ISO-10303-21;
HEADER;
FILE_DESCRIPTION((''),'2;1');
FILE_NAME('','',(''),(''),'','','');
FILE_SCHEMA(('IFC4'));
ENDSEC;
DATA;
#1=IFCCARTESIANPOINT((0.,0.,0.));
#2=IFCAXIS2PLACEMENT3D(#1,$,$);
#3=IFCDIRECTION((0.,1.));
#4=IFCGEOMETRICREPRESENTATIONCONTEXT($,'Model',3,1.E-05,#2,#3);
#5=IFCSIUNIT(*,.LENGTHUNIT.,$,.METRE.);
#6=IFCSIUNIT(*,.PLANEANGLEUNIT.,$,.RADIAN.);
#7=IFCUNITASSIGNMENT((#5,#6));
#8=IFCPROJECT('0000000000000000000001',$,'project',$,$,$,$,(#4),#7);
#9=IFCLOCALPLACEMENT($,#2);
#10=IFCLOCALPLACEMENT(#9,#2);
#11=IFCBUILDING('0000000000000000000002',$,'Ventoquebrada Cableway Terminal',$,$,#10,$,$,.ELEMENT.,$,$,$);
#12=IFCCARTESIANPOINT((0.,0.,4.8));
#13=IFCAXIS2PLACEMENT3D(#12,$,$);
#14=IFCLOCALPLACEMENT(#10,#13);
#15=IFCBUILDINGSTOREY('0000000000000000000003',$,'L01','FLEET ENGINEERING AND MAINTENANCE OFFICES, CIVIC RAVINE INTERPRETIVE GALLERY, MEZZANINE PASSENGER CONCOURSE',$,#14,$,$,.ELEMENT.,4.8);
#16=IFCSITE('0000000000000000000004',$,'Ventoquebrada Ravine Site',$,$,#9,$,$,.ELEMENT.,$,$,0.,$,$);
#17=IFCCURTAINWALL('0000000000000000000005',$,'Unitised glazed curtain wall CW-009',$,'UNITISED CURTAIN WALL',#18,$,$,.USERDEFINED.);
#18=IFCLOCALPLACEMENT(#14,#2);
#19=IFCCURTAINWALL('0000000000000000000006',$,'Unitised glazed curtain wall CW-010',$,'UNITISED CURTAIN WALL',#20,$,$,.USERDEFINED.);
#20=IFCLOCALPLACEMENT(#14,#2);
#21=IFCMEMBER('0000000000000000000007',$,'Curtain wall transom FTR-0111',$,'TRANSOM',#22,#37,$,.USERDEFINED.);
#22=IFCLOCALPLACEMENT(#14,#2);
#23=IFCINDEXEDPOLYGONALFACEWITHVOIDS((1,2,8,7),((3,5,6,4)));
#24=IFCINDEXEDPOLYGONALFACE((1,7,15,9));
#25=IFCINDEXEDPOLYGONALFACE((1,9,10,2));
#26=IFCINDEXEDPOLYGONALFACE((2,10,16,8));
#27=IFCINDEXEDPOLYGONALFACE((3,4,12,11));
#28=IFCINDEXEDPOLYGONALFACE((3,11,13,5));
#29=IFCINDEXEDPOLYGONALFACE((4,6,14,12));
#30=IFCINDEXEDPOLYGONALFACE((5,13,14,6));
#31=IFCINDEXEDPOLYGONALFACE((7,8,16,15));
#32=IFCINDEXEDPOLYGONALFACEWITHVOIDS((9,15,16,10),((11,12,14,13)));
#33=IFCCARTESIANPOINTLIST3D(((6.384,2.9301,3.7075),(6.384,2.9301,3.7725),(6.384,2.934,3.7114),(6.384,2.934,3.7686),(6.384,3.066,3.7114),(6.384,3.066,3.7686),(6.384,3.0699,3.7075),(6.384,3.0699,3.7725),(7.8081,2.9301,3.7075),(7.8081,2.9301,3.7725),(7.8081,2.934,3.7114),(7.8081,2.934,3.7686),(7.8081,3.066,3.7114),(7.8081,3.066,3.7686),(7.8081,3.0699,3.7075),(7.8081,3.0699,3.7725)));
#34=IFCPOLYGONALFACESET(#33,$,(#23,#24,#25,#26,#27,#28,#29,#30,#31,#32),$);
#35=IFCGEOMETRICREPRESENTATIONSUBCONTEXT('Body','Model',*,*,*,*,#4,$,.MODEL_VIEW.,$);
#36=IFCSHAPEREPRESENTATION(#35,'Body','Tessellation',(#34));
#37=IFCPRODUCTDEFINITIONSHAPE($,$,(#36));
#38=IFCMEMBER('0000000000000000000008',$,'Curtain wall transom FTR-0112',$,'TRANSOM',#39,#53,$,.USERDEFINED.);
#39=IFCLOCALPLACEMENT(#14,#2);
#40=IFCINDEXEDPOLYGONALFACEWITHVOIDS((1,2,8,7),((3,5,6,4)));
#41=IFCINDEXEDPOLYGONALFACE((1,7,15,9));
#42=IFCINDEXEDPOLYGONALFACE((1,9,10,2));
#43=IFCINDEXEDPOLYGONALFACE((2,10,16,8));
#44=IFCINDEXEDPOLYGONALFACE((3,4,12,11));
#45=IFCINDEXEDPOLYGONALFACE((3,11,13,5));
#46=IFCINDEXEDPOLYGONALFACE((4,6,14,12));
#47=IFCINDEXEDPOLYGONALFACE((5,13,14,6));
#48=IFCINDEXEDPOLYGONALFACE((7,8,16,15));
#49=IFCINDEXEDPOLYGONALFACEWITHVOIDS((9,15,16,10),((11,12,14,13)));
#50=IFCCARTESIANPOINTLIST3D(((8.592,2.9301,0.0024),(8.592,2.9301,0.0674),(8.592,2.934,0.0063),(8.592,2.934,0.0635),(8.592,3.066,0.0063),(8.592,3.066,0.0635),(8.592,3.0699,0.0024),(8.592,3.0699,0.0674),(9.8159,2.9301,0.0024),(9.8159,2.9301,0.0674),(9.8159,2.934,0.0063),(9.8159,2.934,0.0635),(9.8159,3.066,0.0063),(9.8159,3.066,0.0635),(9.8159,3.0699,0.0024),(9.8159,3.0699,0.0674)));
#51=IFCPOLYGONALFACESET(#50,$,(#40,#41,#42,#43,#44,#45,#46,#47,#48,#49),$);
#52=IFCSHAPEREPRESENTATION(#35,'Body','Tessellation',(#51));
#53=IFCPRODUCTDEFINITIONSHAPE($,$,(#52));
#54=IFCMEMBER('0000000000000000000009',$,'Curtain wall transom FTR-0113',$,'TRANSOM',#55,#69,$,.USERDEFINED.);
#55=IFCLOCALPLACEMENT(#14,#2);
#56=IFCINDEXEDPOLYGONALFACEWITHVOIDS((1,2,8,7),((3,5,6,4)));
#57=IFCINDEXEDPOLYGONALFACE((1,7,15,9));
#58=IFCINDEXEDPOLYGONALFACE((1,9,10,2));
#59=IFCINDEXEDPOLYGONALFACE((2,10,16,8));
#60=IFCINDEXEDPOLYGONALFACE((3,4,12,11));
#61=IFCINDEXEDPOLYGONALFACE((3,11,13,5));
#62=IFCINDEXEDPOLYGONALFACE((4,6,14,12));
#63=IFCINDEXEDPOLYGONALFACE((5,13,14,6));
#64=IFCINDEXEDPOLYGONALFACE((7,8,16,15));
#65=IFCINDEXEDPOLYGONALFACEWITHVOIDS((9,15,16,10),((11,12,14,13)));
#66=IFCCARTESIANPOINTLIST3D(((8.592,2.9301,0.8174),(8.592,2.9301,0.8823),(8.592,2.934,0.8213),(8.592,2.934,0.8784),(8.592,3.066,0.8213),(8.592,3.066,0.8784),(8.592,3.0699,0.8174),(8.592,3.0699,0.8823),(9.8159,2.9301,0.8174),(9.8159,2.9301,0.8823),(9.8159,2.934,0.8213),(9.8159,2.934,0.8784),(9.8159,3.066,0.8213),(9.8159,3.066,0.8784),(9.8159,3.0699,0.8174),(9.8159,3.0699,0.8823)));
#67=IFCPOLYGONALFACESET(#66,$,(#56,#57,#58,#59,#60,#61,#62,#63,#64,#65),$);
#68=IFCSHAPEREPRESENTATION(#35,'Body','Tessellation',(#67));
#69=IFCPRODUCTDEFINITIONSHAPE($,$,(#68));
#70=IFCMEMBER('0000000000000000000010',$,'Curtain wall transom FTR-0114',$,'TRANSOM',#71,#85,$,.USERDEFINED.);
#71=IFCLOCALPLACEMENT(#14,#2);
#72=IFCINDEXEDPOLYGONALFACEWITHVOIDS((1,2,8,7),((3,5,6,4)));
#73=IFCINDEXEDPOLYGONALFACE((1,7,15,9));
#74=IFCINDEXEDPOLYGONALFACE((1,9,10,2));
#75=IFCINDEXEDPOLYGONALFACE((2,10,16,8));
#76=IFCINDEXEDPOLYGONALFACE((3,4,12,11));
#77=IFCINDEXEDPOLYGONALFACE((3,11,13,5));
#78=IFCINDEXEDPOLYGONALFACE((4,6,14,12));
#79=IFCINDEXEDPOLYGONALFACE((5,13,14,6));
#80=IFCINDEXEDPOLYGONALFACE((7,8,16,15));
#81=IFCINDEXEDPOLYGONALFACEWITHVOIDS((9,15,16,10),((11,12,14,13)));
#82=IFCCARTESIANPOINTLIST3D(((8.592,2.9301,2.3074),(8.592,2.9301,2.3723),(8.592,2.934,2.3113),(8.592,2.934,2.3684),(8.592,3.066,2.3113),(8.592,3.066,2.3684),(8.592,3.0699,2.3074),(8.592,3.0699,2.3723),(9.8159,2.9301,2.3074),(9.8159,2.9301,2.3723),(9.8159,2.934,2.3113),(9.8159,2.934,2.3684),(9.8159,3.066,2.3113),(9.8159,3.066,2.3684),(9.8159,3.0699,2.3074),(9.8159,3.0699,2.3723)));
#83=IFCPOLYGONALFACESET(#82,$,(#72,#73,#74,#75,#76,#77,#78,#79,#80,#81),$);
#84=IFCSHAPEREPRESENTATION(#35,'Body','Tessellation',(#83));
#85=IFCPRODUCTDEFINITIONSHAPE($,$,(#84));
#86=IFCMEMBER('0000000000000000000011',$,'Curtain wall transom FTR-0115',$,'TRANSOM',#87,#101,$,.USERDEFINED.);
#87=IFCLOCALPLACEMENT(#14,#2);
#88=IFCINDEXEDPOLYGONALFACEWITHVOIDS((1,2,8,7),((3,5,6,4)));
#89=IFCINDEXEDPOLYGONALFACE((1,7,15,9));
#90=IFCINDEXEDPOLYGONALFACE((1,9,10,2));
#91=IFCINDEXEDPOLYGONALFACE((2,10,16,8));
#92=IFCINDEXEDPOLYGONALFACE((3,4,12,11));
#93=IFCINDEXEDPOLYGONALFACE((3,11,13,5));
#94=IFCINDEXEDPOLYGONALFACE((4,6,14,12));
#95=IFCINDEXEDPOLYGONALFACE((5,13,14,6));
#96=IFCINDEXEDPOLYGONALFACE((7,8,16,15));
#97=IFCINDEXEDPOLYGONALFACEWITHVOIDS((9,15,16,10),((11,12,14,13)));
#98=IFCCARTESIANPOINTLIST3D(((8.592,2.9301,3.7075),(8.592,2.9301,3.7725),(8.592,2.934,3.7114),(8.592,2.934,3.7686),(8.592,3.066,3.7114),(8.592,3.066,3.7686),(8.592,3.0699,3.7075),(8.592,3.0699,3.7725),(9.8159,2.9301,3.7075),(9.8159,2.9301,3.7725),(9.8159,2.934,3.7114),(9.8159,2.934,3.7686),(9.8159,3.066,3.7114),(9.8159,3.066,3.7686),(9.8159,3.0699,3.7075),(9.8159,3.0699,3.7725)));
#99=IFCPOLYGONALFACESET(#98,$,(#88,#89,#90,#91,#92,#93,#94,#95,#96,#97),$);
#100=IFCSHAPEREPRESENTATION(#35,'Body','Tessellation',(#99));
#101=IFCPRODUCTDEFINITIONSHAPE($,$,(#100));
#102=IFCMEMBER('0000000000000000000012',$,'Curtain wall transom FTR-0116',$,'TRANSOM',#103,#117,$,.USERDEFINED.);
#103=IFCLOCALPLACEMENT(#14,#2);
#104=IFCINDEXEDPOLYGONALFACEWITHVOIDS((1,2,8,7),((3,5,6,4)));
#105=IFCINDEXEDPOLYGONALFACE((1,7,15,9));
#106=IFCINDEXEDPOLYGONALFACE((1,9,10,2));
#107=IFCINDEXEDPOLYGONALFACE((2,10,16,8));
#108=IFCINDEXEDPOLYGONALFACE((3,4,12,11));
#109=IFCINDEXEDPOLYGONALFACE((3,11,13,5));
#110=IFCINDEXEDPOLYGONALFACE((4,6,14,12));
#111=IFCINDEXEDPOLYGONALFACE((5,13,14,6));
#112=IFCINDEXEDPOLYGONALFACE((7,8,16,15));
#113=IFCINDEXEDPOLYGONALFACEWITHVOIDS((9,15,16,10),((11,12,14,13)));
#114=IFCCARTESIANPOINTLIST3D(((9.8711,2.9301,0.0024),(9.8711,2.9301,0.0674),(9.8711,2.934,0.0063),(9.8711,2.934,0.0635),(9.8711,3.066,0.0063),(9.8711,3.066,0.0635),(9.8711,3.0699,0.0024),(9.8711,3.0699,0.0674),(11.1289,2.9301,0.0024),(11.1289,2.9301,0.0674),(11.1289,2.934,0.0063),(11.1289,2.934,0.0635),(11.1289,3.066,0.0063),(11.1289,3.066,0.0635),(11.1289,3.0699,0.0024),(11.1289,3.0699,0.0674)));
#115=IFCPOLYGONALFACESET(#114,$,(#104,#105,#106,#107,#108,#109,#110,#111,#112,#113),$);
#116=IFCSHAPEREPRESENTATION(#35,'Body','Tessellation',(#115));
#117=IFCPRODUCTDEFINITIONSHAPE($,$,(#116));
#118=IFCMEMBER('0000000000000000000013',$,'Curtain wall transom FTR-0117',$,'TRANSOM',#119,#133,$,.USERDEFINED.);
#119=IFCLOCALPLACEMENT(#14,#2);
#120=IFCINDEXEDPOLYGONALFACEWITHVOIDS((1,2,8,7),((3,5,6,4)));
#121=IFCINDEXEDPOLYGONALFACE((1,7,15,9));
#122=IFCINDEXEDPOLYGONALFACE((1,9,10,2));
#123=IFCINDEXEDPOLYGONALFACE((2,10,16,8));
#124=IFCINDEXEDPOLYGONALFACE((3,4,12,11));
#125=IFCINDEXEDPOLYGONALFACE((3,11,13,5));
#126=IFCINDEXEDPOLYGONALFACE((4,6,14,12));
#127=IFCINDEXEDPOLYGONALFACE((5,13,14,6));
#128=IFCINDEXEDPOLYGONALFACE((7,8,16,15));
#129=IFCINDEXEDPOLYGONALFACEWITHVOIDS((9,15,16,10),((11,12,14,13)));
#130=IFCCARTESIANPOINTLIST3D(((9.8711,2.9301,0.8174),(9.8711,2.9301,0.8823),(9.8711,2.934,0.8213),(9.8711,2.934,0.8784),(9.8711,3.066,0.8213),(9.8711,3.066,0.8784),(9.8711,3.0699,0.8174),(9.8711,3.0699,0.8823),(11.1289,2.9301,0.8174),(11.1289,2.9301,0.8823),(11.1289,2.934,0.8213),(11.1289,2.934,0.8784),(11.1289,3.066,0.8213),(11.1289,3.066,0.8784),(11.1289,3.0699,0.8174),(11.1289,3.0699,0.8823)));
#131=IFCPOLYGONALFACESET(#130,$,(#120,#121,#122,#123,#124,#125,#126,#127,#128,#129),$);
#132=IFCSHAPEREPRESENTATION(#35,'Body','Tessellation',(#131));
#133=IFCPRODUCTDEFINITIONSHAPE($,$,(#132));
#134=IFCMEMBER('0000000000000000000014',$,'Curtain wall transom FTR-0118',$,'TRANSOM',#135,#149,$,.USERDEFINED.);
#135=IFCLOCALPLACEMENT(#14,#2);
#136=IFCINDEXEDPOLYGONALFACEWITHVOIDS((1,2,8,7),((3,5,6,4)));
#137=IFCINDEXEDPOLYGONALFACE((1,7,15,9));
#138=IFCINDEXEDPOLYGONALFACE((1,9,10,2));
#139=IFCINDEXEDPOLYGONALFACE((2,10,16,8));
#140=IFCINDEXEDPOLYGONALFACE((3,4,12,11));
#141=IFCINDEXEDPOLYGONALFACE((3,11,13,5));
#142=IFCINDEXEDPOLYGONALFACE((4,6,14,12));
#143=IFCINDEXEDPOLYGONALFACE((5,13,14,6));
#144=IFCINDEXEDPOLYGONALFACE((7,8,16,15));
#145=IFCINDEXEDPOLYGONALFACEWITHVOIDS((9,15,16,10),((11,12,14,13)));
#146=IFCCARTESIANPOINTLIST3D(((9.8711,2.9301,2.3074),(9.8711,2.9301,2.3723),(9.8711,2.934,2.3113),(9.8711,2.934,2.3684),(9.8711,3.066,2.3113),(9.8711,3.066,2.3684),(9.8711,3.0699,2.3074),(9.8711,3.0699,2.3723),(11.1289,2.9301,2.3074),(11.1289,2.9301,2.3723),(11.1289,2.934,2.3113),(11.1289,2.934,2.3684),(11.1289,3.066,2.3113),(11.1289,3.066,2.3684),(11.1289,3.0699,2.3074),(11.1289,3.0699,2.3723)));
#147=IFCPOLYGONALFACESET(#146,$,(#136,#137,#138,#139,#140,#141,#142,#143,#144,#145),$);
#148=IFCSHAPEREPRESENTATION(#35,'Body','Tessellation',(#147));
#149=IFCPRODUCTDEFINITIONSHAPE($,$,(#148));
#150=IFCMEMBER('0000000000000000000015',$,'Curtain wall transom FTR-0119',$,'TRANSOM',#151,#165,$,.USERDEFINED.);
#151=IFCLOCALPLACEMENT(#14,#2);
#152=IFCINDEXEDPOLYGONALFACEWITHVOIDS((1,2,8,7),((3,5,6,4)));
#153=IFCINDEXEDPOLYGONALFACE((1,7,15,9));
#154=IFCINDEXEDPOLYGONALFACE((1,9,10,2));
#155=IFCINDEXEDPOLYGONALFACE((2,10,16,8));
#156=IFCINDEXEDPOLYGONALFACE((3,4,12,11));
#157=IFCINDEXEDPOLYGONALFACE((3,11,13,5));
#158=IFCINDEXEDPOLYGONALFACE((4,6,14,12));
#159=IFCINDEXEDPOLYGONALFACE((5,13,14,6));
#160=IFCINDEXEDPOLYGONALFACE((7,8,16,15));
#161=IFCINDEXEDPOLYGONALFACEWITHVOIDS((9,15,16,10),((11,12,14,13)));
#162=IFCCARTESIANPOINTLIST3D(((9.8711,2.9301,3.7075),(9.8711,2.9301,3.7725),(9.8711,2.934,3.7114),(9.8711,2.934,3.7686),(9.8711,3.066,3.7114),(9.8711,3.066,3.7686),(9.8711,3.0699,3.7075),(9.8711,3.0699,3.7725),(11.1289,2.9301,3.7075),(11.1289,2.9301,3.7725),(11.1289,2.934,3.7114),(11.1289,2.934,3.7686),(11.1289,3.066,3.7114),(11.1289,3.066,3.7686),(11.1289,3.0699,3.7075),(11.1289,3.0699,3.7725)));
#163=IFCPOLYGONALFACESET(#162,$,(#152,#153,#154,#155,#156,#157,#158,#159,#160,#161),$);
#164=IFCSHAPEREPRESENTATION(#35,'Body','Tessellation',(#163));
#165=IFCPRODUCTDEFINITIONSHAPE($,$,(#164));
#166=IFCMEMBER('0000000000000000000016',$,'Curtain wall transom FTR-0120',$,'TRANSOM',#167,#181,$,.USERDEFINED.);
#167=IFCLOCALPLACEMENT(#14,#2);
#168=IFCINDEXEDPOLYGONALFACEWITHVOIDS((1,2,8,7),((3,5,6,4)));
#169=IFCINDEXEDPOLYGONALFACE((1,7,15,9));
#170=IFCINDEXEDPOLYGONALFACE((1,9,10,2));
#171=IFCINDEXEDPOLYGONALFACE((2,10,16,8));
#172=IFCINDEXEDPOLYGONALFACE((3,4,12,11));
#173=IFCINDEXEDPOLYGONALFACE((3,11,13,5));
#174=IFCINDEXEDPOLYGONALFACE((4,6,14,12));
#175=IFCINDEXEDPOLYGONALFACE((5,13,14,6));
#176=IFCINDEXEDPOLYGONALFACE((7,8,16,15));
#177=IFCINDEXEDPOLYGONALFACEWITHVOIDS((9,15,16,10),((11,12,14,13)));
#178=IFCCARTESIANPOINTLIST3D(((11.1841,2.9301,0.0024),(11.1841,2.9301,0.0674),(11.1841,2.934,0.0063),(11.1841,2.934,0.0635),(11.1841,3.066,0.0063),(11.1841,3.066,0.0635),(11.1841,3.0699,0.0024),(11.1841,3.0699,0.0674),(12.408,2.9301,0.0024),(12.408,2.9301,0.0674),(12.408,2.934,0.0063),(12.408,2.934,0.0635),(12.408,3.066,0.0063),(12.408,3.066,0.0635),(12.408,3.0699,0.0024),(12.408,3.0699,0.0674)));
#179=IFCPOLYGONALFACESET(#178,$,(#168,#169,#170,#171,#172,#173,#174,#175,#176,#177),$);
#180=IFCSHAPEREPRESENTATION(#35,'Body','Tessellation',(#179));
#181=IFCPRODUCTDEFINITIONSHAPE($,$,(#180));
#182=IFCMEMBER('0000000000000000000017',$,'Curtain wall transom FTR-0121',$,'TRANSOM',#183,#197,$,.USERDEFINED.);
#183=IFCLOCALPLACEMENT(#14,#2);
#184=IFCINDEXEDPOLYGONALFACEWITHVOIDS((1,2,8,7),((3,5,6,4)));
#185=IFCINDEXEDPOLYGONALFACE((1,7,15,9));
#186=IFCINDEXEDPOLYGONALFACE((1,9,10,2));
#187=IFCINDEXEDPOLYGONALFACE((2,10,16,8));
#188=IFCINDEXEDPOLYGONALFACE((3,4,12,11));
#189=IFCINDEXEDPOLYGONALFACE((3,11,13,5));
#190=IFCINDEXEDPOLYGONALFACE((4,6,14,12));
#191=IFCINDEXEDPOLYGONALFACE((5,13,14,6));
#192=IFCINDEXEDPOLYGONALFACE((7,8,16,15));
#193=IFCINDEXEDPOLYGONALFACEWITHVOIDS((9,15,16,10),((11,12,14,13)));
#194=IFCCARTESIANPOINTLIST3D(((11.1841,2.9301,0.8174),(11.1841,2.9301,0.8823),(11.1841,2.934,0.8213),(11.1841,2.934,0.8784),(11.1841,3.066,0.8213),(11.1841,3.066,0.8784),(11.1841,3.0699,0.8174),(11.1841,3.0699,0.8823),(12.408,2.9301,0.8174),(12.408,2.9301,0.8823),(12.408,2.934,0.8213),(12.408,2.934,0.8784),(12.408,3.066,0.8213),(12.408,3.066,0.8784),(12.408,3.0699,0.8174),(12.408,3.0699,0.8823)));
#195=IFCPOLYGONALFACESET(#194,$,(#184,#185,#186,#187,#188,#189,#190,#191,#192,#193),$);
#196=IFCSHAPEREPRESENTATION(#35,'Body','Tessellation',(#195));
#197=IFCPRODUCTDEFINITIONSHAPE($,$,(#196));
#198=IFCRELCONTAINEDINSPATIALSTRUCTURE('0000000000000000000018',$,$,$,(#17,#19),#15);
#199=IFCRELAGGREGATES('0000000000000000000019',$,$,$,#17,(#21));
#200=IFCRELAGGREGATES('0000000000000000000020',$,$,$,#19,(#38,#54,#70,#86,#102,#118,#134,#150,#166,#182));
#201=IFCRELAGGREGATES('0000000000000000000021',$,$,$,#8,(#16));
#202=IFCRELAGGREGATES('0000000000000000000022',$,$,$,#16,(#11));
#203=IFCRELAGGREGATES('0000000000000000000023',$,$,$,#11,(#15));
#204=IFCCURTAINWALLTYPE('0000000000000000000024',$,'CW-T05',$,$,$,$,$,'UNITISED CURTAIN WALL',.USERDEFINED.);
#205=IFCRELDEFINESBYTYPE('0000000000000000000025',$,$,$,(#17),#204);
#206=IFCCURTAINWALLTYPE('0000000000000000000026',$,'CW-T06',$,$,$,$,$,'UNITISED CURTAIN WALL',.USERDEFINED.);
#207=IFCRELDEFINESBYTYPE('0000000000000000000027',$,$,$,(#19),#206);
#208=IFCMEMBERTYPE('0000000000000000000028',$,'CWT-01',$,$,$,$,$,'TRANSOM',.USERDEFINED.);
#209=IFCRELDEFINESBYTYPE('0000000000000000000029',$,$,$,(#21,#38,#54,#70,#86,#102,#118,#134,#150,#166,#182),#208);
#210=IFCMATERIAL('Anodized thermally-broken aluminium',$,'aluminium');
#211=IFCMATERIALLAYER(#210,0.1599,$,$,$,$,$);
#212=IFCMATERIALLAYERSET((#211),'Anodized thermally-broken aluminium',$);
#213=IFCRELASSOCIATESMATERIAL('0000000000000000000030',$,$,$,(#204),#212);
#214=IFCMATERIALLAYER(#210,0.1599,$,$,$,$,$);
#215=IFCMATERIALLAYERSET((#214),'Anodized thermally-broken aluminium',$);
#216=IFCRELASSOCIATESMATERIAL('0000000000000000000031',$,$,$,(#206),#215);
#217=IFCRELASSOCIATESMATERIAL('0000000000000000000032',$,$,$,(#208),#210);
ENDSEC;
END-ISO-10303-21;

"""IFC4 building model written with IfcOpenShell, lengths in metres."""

from ifc_helpers import new_model, si_unit, direction, frame, origin, origin_2d, place, context, subcontext, project, spatial, hollow_rectangle, extrude, material, layer, layer_set, material_profile, profile_set, type_object, element, aggregate, save


model = new_model("IFC4")

# Units and contexts
model_context = context("Model", 3, precision=1e-05, world=origin(), true_north=direction((0.0, 1.0)))
body_context = subcontext(model_context, "Body", "Model", "MODEL_VIEW")
ifc_project = project(units=[si_unit("LENGTHUNIT", "METRE"), si_unit("PLANEANGLEUNIT", "RADIAN")], contexts=[model_context])

# Site, building, storey
site_placement = place(None, origin())
site = spatial("IfcSite", under=ifc_project, at=site_placement, Name="Ventoquebrada Ravine Site", CompositionType="ELEMENT", RefElevation=0.0)
building_placement = place(site_placement, origin())
building = spatial("IfcBuilding", under=site, at=building_placement, Name="Ventoquebrada Cableway Terminal", CompositionType="ELEMENT")
storey_placement = place(building_placement, frame((0.0, 0.0, 4.8)))
storey = spatial("IfcBuildingStorey", under=building, at=storey_placement, Name="L01", Description="FLEET ENGINEERING AND MAINTENANCE OFFICES, CIVIC RAVINE INTERPRETIVE GALLERY, MEZZANINE PASSENGER CONCOURSE", CompositionType="ELEMENT", Elevation=4.8)

# Curtain walls
ifc_material_1 = material(Name="Anodized thermally-broken aluminium", Category="aluminium")
ifc_layer_1 = layer(ifc_material_1, 0.1599)
ifc_layer_set_1 = layer_set([ifc_layer_1], Name="Anodized thermally-broken aluminium")
curtain_wall_type_1 = type_object("IfcCurtainWallType", Name="CW-T05", ElementType="UNITISED CURTAIN WALL", PredefinedType="USERDEFINED", material=ifc_layer_set_1)
curtain_wall_1_placement = place(storey_placement, origin())
curtain_wall_1 = element("IfcCurtainWall", 1, at=curtain_wall_1_placement, inside=storey, type_object=curtain_wall_type_1, Name="Unitised glazed curtain wall CW-009", ObjectType="UNITISED CURTAIN WALL", PredefinedType="USERDEFINED")
ifc_layer_2 = layer(ifc_material_1, 0.1599)
ifc_layer_set_2 = layer_set([ifc_layer_2], Name="Anodized thermally-broken aluminium")
curtain_wall_type_2 = type_object("IfcCurtainWallType", Name="CW-T06", ElementType="UNITISED CURTAIN WALL", PredefinedType="USERDEFINED", material=ifc_layer_set_2)
curtain_wall_2_placement = place(storey_placement, origin())
curtain_wall_2 = element("IfcCurtainWall", 2, at=curtain_wall_2_placement, inside=storey, type_object=curtain_wall_type_2, Name="Unitised glazed curtain wall CW-010", ObjectType="UNITISED CURTAIN WALL", PredefinedType="USERDEFINED")

# Members
ifc_material_profile_1 = material_profile(ifc_material_1, hollow_rectangle(XDim=0.0649, YDim=0.1399, WallThickness=0.0039, at=origin_2d()), Name="CW-TRN-65X140")
ifc_profile_set_1 = profile_set([ifc_material_profile_1], Name="Anodized thermally-broken aluminium")
member_type_1 = type_object("IfcMemberType", Name="CWT-01", ElementType="TRANSOM", PredefinedType="USERDEFINED", material=ifc_profile_set_1)
member_1_placement = place(storey_placement, frame((6.384, 3.0, 3.74), z_axis=(1.0, 0.0, 0.0), x_axis=(0.0, 0.0, 1.0)))
member_1 = element("IfcMember", 3, at=member_1_placement, type_object=member_type_1, Name="Curtain wall transom FTR-0111", ObjectType="TRANSOM", PredefinedType="USERDEFINED", context=body_context, shape_type="SweptSolid", body=[
    extrude(hollow_rectangle(XDim=0.0649, YDim=0.1399, WallThickness=0.0039, at=origin_2d()), origin(), (0.0, 0.0, 1.0), 1.4241),
])
member_2_placement = place(storey_placement, frame((8.592, 3.0, 0.0349), z_axis=(1.0, 0.0, 0.0), x_axis=(0.0, 0.0, 1.0)))
member_2 = element("IfcMember", 4, at=member_2_placement, type_object=member_type_1, Name="Curtain wall transom FTR-0112", ObjectType="TRANSOM", PredefinedType="USERDEFINED", context=body_context, shape_type="SweptSolid", body=[
    extrude(hollow_rectangle(XDim=0.0649, YDim=0.1399, WallThickness=0.0039, at=origin_2d()), origin(), (0.0, 0.0, 1.0), 1.2239),
])
member_3_placement = place(storey_placement, frame((8.592, 3.0, 0.8499), z_axis=(1.0, 0.0, 0.0), x_axis=(0.0, 0.0, 1.0)))
member_3 = element("IfcMember", 5, at=member_3_placement, type_object=member_type_1, Name="Curtain wall transom FTR-0113", ObjectType="TRANSOM", PredefinedType="USERDEFINED", context=body_context, shape_type="SweptSolid", body=[
    extrude(hollow_rectangle(XDim=0.0649, YDim=0.1399, WallThickness=0.0039, at=origin_2d()), origin(), (0.0, 0.0, 1.0), 1.2239),
])
member_4_placement = place(storey_placement, frame((8.592, 3.0, 2.3398), z_axis=(1.0, 0.0, 0.0), x_axis=(0.0, 0.0, 1.0)))
member_4 = element("IfcMember", 6, at=member_4_placement, type_object=member_type_1, Name="Curtain wall transom FTR-0114", ObjectType="TRANSOM", PredefinedType="USERDEFINED", context=body_context, shape_type="SweptSolid", body=[
    extrude(hollow_rectangle(XDim=0.0649, YDim=0.1399, WallThickness=0.0039, at=origin_2d()), origin(), (0.0, 0.0, 1.0), 1.2239),
])
member_5_placement = place(storey_placement, frame((8.592, 3.0, 3.74), z_axis=(1.0, 0.0, 0.0), x_axis=(0.0, 0.0, 1.0)))
member_5 = element("IfcMember", 7, at=member_5_placement, type_object=member_type_1, Name="Curtain wall transom FTR-0115", ObjectType="TRANSOM", PredefinedType="USERDEFINED", context=body_context, shape_type="SweptSolid", body=[
    extrude(hollow_rectangle(XDim=0.0649, YDim=0.1399, WallThickness=0.0039, at=origin_2d()), origin(), (0.0, 0.0, 1.0), 1.2239),
])
member_6_placement = place(storey_placement, frame((9.8711, 3.0, 0.0349), z_axis=(1.0, 0.0, 0.0), x_axis=(0.0, 0.0, 1.0)))
member_6 = element("IfcMember", 8, at=member_6_placement, type_object=member_type_1, Name="Curtain wall transom FTR-0116", ObjectType="TRANSOM", PredefinedType="USERDEFINED", context=body_context, shape_type="SweptSolid", body=[
    extrude(hollow_rectangle(XDim=0.0649, YDim=0.1399, WallThickness=0.0039, at=origin_2d()), origin(), (0.0, 0.0, 1.0), 1.2578),
])
member_7_placement = place(storey_placement, frame((9.8711, 3.0, 0.8499), z_axis=(1.0, 0.0, 0.0), x_axis=(0.0, 0.0, 1.0)))
member_7 = element("IfcMember", 9, at=member_7_placement, type_object=member_type_1, Name="Curtain wall transom FTR-0117", ObjectType="TRANSOM", PredefinedType="USERDEFINED", context=body_context, shape_type="SweptSolid", body=[
    extrude(hollow_rectangle(XDim=0.0649, YDim=0.1399, WallThickness=0.0039, at=origin_2d()), origin(), (0.0, 0.0, 1.0), 1.2578),
])
member_8_placement = place(storey_placement, frame((9.8711, 3.0, 2.3398), z_axis=(1.0, 0.0, 0.0), x_axis=(0.0, 0.0, 1.0)))
member_8 = element("IfcMember", 10, at=member_8_placement, type_object=member_type_1, Name="Curtain wall transom FTR-0118", ObjectType="TRANSOM", PredefinedType="USERDEFINED", context=body_context, shape_type="SweptSolid", body=[
    extrude(hollow_rectangle(XDim=0.0649, YDim=0.1399, WallThickness=0.0039, at=origin_2d()), origin(), (0.0, 0.0, 1.0), 1.2578),
])
member_9_placement = place(storey_placement, frame((9.8711, 3.0, 3.74), z_axis=(1.0, 0.0, 0.0), x_axis=(0.0, 0.0, 1.0)))
member_9 = element("IfcMember", 11, at=member_9_placement, type_object=member_type_1, Name="Curtain wall transom FTR-0119", ObjectType="TRANSOM", PredefinedType="USERDEFINED", context=body_context, shape_type="SweptSolid", body=[
    extrude(hollow_rectangle(XDim=0.0649, YDim=0.1399, WallThickness=0.0039, at=origin_2d()), origin(), (0.0, 0.0, 1.0), 1.2578),
])
member_10_placement = place(storey_placement, frame((11.1841, 3.0, 0.0349), z_axis=(1.0, 0.0, 0.0), x_axis=(0.0, 0.0, 1.0)))
member_10 = element("IfcMember", 12, at=member_10_placement, type_object=member_type_1, Name="Curtain wall transom FTR-0120", ObjectType="TRANSOM", PredefinedType="USERDEFINED", context=body_context, shape_type="SweptSolid", body=[
    extrude(hollow_rectangle(XDim=0.0649, YDim=0.1399, WallThickness=0.0039, at=origin_2d()), origin(), (0.0, 0.0, 1.0), 1.2239),
])
member_11_placement = place(storey_placement, frame((11.1841, 3.0, 0.8499), z_axis=(1.0, 0.0, 0.0), x_axis=(0.0, 0.0, 1.0)))
member_11 = element("IfcMember", 13, at=member_11_placement, type_object=member_type_1, Name="Curtain wall transom FTR-0121", ObjectType="TRANSOM", PredefinedType="USERDEFINED", context=body_context, shape_type="SweptSolid", body=[
    extrude(hollow_rectangle(XDim=0.0649, YDim=0.1399, WallThickness=0.0039, at=origin_2d()), origin(), (0.0, 0.0, 1.0), 1.2239),
])

aggregate(curtain_wall_1, [member_1])
aggregate(curtain_wall_2, [member_2, member_3, member_4, member_5, member_6, member_7, member_8, member_9, member_10, member_11])

save(model, "model.ifc")
